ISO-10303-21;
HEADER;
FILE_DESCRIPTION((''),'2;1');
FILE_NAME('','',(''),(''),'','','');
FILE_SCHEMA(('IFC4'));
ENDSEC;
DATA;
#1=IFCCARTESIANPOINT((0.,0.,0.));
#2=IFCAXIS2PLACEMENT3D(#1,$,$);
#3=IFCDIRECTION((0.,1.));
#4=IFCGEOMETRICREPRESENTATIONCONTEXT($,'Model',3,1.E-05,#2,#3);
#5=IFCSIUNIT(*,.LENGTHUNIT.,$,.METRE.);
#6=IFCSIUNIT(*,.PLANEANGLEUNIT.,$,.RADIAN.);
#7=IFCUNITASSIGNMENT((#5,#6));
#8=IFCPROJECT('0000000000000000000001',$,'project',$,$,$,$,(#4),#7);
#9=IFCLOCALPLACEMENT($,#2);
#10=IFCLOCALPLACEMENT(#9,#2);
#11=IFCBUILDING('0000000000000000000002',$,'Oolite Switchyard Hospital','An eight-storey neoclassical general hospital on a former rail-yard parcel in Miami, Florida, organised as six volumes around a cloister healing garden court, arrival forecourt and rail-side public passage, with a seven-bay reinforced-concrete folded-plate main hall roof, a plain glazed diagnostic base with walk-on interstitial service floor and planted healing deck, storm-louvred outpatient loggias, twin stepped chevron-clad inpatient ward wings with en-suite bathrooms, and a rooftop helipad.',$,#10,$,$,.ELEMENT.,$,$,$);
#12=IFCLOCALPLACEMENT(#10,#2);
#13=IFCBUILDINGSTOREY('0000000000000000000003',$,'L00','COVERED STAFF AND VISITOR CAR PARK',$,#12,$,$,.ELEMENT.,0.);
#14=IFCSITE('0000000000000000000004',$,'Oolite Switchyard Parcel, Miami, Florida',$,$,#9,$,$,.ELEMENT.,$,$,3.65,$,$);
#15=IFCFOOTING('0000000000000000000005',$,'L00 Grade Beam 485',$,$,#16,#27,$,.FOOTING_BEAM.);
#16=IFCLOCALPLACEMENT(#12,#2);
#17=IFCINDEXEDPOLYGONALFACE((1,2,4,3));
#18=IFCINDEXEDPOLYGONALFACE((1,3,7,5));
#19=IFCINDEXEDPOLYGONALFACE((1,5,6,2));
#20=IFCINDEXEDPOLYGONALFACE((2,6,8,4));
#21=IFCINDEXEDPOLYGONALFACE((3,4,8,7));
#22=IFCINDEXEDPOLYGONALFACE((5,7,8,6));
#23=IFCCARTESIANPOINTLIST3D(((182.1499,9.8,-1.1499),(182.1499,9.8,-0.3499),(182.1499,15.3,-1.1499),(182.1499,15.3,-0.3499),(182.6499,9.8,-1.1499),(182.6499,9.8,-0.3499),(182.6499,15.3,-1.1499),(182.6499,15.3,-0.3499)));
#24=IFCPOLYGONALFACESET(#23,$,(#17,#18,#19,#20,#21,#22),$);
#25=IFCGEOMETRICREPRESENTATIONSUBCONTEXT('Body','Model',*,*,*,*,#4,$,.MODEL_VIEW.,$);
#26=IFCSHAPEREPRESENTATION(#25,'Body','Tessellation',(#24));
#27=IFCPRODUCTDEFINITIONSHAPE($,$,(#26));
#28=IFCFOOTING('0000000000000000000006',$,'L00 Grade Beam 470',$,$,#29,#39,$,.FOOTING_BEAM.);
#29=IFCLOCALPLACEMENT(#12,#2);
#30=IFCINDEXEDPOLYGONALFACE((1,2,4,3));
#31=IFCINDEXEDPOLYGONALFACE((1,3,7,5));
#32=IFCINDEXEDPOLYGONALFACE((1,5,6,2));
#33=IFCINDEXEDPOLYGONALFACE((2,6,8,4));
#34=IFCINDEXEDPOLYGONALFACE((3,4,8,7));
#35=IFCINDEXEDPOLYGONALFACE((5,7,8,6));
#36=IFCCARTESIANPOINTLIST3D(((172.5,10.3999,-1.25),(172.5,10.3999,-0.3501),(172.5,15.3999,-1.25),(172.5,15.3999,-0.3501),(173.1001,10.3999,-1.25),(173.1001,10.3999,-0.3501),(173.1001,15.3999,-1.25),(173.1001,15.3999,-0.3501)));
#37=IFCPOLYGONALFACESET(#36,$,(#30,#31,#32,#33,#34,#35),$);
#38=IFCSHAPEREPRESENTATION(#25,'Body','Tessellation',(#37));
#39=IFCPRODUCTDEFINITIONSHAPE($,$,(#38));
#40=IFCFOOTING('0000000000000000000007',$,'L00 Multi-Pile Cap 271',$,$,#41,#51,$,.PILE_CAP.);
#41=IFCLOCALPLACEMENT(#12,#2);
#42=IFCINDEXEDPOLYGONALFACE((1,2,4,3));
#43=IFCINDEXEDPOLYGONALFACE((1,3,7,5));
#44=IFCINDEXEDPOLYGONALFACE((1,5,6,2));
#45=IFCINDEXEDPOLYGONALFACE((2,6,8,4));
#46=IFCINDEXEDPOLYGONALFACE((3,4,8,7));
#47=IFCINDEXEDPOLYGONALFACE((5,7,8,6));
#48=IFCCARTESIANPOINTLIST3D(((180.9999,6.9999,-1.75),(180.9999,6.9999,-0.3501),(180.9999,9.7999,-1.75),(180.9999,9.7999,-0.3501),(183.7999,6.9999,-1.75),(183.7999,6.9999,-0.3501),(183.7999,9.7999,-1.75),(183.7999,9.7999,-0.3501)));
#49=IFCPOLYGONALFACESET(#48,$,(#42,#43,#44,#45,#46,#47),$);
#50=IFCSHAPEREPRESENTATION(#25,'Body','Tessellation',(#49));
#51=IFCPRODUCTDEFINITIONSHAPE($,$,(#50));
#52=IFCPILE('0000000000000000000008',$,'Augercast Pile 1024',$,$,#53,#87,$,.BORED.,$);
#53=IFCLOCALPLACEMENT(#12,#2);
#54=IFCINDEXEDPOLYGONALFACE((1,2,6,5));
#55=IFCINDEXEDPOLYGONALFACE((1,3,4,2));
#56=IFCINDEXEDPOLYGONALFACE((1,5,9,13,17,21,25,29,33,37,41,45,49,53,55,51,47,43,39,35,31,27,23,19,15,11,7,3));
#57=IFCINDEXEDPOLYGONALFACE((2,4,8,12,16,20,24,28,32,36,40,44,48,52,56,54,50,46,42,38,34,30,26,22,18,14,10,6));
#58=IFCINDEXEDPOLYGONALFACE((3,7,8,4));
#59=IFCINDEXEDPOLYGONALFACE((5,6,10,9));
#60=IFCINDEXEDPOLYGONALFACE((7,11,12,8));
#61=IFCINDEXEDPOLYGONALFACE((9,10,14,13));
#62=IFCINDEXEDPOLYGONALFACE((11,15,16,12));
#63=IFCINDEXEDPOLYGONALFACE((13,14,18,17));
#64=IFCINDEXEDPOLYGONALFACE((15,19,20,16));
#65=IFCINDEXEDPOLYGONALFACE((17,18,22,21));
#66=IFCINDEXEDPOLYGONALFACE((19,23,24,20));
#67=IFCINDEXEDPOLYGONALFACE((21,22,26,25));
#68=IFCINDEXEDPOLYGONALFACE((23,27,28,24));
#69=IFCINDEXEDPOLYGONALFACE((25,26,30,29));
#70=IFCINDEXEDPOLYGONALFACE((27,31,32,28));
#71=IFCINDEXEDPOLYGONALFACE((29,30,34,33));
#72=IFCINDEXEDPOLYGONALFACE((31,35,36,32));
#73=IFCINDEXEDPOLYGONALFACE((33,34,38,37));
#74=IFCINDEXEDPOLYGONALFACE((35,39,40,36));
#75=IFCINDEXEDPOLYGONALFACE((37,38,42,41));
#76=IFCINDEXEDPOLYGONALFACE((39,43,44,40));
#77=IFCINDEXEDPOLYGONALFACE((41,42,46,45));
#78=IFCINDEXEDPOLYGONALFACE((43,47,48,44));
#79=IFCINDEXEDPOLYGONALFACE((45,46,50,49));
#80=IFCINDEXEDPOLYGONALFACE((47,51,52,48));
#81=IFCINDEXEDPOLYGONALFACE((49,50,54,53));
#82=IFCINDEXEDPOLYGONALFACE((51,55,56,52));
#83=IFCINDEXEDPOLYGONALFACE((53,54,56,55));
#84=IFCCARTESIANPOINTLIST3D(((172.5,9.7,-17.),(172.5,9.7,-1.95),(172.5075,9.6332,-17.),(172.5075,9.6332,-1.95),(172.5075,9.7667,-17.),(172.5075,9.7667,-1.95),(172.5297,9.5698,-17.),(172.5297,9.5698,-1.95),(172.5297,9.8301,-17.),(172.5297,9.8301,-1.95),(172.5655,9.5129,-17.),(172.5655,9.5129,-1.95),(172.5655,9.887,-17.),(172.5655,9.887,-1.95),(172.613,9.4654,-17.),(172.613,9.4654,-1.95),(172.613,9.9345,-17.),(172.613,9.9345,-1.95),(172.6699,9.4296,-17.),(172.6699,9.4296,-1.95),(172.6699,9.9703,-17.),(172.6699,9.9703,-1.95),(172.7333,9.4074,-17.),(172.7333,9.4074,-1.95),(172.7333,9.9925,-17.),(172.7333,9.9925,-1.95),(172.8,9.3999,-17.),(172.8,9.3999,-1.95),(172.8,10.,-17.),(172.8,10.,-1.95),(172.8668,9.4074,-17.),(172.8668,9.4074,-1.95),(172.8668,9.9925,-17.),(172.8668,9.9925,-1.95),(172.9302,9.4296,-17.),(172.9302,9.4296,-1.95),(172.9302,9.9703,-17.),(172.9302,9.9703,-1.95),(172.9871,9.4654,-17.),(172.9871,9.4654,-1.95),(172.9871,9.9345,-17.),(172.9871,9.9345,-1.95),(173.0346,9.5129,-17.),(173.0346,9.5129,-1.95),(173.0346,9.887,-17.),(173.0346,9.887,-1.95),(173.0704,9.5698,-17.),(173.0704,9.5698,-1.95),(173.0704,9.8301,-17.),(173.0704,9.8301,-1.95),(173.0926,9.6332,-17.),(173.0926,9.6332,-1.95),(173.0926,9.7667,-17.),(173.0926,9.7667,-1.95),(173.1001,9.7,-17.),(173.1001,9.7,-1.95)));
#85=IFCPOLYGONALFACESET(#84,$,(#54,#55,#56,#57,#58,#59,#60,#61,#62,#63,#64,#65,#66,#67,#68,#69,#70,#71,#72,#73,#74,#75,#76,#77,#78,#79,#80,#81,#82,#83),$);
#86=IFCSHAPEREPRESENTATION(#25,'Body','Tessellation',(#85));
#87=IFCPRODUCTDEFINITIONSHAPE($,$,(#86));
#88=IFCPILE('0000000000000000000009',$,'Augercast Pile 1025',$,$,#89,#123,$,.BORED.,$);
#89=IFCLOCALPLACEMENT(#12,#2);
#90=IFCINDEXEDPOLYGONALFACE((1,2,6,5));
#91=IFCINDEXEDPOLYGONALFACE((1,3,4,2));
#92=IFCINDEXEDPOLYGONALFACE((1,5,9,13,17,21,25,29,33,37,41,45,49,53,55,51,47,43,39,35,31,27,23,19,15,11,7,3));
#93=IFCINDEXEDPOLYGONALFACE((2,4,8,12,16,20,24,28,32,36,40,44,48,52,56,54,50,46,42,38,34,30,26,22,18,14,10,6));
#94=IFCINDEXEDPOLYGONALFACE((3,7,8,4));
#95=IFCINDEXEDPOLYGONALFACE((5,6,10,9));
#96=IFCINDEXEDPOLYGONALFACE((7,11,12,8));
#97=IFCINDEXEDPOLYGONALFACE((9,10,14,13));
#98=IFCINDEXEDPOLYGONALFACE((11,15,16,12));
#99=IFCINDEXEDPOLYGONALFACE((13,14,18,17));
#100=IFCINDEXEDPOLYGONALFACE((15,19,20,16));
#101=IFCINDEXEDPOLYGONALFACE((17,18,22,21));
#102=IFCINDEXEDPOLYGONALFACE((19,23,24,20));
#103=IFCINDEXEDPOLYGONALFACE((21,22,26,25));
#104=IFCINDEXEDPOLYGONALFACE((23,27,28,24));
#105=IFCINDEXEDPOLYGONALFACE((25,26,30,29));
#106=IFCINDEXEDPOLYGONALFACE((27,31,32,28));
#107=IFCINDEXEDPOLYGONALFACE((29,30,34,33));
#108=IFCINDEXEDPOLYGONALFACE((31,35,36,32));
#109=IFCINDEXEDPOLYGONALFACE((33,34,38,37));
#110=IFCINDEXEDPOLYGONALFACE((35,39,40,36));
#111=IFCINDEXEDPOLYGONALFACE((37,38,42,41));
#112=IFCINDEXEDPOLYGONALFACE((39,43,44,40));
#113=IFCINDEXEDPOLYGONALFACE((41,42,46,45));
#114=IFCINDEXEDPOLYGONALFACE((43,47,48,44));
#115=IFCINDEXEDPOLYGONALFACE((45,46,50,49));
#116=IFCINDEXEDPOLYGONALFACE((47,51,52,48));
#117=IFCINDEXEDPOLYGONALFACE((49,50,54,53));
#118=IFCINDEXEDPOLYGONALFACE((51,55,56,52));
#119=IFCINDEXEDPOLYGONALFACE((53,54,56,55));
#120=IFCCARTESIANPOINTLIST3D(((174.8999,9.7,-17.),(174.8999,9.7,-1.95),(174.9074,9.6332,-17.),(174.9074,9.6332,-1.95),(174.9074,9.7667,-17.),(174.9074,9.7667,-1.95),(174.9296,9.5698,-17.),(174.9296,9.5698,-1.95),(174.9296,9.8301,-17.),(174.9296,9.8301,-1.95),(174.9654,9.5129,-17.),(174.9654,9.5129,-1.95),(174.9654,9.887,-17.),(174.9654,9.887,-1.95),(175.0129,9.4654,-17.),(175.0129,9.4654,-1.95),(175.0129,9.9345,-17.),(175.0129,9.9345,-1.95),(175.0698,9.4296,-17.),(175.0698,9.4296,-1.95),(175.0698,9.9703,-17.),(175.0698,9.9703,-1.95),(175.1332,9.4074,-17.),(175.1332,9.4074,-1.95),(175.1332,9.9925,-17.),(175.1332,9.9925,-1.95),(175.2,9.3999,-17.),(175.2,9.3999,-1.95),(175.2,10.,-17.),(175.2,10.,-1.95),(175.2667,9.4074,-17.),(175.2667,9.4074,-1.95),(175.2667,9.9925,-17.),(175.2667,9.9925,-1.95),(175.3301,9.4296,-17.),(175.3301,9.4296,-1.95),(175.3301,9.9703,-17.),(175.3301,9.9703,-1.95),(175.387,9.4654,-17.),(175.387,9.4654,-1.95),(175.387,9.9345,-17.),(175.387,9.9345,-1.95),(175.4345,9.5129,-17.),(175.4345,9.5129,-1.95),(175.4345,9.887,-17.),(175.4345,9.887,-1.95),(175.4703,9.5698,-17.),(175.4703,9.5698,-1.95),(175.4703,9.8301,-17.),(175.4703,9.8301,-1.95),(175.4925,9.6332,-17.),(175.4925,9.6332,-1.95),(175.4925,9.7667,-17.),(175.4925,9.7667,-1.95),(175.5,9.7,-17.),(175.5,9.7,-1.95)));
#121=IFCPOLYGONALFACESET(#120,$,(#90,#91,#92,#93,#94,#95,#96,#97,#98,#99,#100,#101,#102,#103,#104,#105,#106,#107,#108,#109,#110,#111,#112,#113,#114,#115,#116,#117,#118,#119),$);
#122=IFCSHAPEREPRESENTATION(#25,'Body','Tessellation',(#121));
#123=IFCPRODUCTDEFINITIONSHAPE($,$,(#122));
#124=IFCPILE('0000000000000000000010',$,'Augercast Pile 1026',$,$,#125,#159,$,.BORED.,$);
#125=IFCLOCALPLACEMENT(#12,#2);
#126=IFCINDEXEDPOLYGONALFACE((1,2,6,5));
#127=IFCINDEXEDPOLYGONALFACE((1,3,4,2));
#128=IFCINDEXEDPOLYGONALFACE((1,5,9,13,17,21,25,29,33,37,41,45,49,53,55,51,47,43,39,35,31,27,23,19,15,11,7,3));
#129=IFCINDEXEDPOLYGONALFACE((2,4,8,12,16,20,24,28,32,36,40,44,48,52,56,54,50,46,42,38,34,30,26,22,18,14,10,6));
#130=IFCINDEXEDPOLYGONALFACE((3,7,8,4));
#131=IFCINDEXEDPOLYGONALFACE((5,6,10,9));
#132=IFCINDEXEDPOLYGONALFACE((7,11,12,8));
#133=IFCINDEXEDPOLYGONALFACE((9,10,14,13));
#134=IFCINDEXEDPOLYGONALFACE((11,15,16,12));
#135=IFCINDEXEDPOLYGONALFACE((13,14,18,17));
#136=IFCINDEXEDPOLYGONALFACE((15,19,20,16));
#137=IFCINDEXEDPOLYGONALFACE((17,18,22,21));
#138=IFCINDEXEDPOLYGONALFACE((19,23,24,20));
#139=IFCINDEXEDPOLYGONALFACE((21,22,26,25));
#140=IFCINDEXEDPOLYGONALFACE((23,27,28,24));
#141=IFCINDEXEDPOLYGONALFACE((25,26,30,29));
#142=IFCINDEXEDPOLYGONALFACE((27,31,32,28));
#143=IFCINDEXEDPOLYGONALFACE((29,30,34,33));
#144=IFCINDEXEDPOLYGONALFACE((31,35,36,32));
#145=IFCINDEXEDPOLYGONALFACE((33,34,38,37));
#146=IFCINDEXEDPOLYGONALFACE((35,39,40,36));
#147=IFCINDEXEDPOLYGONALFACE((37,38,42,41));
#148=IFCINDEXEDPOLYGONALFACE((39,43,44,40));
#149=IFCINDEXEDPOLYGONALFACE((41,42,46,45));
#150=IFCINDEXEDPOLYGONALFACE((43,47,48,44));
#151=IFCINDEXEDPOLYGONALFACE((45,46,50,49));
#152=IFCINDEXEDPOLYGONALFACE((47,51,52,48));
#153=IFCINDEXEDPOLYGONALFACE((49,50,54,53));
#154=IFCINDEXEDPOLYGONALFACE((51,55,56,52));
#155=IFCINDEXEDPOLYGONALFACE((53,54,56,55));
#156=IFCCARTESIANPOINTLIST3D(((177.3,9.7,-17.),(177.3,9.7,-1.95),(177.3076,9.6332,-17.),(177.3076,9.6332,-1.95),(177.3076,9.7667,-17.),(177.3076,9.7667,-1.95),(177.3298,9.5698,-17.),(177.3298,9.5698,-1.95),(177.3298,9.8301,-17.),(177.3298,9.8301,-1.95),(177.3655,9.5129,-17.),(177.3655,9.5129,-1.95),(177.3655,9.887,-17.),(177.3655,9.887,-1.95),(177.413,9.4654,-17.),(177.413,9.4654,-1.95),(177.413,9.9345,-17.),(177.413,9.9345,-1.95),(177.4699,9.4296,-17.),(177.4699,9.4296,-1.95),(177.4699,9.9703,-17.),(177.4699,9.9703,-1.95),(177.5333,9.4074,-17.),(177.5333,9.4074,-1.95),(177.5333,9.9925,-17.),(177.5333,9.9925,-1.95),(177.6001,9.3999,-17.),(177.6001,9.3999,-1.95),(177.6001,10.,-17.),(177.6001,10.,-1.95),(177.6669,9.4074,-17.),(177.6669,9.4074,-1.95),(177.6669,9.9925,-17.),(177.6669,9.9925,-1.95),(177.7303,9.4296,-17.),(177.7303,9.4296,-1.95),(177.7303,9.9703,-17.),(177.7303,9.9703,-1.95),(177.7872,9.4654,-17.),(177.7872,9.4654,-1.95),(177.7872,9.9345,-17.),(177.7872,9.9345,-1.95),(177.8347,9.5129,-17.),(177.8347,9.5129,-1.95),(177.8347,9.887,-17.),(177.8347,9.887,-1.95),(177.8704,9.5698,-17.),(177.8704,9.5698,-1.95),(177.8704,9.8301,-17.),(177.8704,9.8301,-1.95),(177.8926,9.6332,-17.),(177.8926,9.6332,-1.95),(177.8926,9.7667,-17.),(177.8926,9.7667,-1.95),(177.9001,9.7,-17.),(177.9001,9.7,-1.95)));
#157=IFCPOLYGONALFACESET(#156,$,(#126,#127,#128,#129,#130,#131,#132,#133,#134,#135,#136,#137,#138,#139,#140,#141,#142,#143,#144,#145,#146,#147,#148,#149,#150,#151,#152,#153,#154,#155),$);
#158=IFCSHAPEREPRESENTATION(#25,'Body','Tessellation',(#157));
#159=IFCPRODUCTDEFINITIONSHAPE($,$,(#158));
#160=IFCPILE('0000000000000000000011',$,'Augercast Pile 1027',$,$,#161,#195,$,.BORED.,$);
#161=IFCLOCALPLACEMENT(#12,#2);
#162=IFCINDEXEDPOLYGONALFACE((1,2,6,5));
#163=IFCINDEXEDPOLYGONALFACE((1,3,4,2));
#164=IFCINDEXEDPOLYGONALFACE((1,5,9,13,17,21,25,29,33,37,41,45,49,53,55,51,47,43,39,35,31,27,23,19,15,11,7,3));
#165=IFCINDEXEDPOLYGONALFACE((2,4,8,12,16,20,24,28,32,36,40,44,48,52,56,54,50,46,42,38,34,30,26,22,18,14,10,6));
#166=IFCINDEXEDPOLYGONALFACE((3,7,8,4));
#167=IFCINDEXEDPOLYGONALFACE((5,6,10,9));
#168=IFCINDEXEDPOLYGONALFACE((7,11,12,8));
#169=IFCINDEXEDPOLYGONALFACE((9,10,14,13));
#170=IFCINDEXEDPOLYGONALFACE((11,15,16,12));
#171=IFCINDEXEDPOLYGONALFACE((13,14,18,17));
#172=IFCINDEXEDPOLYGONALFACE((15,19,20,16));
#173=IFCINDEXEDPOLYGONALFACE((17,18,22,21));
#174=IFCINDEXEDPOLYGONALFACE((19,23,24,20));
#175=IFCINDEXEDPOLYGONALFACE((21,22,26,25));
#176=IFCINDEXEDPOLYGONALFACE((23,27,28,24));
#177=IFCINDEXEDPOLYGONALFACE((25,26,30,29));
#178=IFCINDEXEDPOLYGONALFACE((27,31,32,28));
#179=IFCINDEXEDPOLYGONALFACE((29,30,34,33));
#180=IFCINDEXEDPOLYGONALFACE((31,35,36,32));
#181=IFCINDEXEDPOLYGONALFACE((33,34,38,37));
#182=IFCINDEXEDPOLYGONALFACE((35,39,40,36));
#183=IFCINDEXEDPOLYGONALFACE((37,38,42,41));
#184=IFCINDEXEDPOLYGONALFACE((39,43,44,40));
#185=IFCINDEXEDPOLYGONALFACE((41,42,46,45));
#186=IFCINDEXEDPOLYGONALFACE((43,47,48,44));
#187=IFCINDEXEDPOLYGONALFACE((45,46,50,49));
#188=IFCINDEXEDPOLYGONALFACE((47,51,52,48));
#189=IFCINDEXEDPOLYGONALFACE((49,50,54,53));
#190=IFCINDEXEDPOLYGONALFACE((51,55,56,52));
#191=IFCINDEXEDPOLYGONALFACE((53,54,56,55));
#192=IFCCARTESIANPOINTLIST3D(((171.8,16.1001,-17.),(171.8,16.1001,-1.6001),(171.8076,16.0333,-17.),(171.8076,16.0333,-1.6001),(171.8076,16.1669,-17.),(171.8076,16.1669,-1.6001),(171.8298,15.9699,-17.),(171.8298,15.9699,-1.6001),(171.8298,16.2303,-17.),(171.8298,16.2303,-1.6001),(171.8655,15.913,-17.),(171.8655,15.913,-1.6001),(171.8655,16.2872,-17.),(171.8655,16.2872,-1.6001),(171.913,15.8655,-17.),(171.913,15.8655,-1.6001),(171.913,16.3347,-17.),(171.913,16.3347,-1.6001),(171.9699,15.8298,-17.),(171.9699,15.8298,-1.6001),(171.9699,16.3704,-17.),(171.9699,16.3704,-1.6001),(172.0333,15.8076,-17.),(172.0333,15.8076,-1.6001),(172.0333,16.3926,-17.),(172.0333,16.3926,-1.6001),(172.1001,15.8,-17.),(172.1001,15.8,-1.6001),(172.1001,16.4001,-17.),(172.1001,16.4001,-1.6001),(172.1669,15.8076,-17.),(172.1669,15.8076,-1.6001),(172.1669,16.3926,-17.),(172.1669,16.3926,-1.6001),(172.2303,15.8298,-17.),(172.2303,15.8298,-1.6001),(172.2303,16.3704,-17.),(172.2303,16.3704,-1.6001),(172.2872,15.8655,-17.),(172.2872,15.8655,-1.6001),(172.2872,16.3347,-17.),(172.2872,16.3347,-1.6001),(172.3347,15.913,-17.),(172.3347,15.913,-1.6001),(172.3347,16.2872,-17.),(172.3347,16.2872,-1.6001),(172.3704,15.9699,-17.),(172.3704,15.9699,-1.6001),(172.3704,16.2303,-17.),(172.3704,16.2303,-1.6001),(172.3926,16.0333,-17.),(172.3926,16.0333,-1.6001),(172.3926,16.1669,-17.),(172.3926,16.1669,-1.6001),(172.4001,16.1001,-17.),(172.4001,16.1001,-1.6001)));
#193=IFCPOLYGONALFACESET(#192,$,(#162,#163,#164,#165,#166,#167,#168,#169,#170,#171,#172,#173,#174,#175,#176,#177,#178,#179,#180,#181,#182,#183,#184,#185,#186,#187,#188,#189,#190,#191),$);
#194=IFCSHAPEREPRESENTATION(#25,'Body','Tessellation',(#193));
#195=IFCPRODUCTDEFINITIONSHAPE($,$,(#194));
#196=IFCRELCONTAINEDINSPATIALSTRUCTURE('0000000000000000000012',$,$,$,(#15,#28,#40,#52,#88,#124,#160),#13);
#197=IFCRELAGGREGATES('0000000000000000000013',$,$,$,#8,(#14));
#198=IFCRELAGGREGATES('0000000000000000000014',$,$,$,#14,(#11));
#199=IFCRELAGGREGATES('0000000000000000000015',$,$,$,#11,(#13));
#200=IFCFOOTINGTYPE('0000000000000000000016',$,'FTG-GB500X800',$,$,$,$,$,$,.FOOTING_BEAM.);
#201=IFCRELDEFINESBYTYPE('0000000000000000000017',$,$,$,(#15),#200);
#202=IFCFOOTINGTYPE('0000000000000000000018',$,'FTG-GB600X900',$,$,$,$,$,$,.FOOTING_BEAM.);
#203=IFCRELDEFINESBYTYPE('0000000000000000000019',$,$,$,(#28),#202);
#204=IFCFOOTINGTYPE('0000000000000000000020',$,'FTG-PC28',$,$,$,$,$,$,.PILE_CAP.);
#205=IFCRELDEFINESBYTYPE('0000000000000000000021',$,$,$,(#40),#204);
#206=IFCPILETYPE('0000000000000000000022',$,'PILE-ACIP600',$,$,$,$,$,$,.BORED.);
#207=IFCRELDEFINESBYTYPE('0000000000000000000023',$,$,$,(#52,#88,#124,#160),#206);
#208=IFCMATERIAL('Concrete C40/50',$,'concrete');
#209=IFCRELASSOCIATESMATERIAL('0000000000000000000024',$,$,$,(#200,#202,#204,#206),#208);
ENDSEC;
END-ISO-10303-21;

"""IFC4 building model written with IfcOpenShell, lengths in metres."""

from ifc_helpers import new_model, si_unit, direction, frame, origin, origin_2d, place, context, subcontext, project, spatial, rectangle, circle, extrude, material, material_profile, profile_set, type_object, element, save


model = new_model("IFC4")

# Units and contexts
model_context = context("Model", 3, precision=1e-05, world=origin(), true_north=direction((0.0, 1.0)))
body_context = subcontext(model_context, "Body", "Model", "MODEL_VIEW")
ifc_project = project(units=[si_unit("LENGTHUNIT", "METRE"), si_unit("PLANEANGLEUNIT", "RADIAN")], contexts=[model_context])

# Site, building, storey
site_placement = place(None, origin())
site = spatial("IfcSite", under=ifc_project, at=site_placement, Name="Oolite Switchyard Parcel, Miami, Florida", CompositionType="ELEMENT", RefElevation=3.65)
building_placement = place(site_placement, origin())
building = spatial("IfcBuilding", under=site, at=building_placement, Name="Oolite Switchyard Hospital", Description="An eight-storey neoclassical general hospital on a former rail-yard parcel in Miami, Florida, organised as six volumes around a cloister healing garden court, arrival forecourt and rail-side public passage, with a seven-bay reinforced-concrete folded-plate main hall roof, a plain glazed diagnostic base with walk-on interstitial service floor and planted healing deck, storm-louvred outpatient loggias, twin stepped chevron-clad inpatient ward wings with en-suite bathrooms, and a rooftop helipad.", CompositionType="ELEMENT")
storey_placement = place(building_placement, origin())
storey = spatial("IfcBuildingStorey", under=building, at=storey_placement, Name="L00", Description="COVERED STAFF AND VISITOR CAR PARK", CompositionType="ELEMENT", Elevation=0.0)

# Footings
ifc_material_1 = material(Name="Concrete C40/50", Category="concrete")
footing_type_1 = type_object("IfcFootingType", Name="FTG-GB500X800", PredefinedType="FOOTING_BEAM", material=ifc_material_1)
footing_1_placement = place(storey_placement, frame((182.3999, 12.55, -1.1499), z_axis=(0.0, 0.0, 1.0), x_axis=(0.0, 1.0, 0.0)))
element("IfcFooting", 1, at=footing_1_placement, inside=storey, type_object=footing_type_1, Name="L00 Grade Beam 485", PredefinedType="FOOTING_BEAM", context=body_context, shape_type="SweptSolid", body=[
    extrude(rectangle(XDim=5.5, YDim=0.5, at=origin_2d()), origin(), (0.0, 0.0, 1.0), 0.8),
])
footing_type_2 = type_object("IfcFootingType", Name="FTG-GB600X900", PredefinedType="FOOTING_BEAM", material=ifc_material_1)
footing_2_placement = place(storey_placement, frame((172.8, 12.8999, -1.25), z_axis=(0.0, 0.0, 1.0), x_axis=(0.0, 1.0, 0.0)))
element("IfcFooting", 2, at=footing_2_placement, inside=storey, type_object=footing_type_2, Name="L00 Grade Beam 470", PredefinedType="FOOTING_BEAM", context=body_context, shape_type="SweptSolid", body=[
    extrude(rectangle(XDim=5.0, YDim=0.6001, at=origin_2d()), origin(), (0.0, 0.0, 1.0), 0.8999),
])
footing_type_3 = type_object("IfcFootingType", Name="FTG-PC28", PredefinedType="PILE_CAP", material=ifc_material_1)
footing_3_placement = place(storey_placement, frame((182.3999, 8.3999, -1.75), z_axis=(0.0, 0.0, 1.0), x_axis=(1.0, 0.0, 0.0)))
element("IfcFooting", 3, at=footing_3_placement, inside=storey, type_object=footing_type_3, Name="L00 Multi-Pile Cap 271", PredefinedType="PILE_CAP", context=body_context, shape_type="SweptSolid", body=[
    extrude(rectangle(XDim=2.8, YDim=2.8, at=origin_2d()), origin(), (0.0, 0.0, 1.0), 1.3999),
])

# Piles
ifc_material_profile_1 = material_profile(ifc_material_1, circle(Radius=0.3, at=origin_2d()), Name="PILE600")
ifc_profile_set_1 = profile_set([ifc_material_profile_1], Name="Concrete C40/50")
pile_type = type_object("IfcPileType", Name="PILE-ACIP600", PredefinedType="BORED", material=ifc_profile_set_1)
for number, where, z_axis, x_axis, name in (
    (4, (172.8, 9.7, -1.95), (0.0, 0.0, -1.0), (1.0, 0.0, 0.0), "Augercast Pile 1024"),
    (5, (175.2, 9.7, -1.95), (0.0, 0.0, -1.0), (1.0, 0.0, 0.0), "Augercast Pile 1025"),
    (6, (177.6001, 9.7, -1.95), (0.0, 0.0, -1.0), (1.0, 0.0, 0.0), "Augercast Pile 1026"),
):
    element("IfcPile", number, at=place(storey_placement, frame(where, z_axis=z_axis, x_axis=x_axis)), inside=storey, type_object=pile_type, Name=name, PredefinedType="BORED", context=body_context, shape_type="SweptSolid", body=[
        extrude(circle(Radius=0.3, at=origin_2d()), origin(), (0.0, 0.0, 1.0), 15.05),
    ])
for number, where, z_axis, x_axis, name in (
    (7, (172.1001, 16.1001, -1.6001), (0.0, 0.0, -1.0), (1.0, 0.0, 0.0), "Augercast Pile 1027"),
):
    element("IfcPile", number, at=place(storey_placement, frame(where, z_axis=z_axis, x_axis=x_axis)), inside=storey, type_object=pile_type, Name=name, PredefinedType="BORED", context=body_context, shape_type="SweptSolid", body=[
        extrude(circle(Radius=0.3, at=origin_2d()), origin(), (0.0, 0.0, 1.0), 15.3999),
    ])

save(model, "model.ifc")
